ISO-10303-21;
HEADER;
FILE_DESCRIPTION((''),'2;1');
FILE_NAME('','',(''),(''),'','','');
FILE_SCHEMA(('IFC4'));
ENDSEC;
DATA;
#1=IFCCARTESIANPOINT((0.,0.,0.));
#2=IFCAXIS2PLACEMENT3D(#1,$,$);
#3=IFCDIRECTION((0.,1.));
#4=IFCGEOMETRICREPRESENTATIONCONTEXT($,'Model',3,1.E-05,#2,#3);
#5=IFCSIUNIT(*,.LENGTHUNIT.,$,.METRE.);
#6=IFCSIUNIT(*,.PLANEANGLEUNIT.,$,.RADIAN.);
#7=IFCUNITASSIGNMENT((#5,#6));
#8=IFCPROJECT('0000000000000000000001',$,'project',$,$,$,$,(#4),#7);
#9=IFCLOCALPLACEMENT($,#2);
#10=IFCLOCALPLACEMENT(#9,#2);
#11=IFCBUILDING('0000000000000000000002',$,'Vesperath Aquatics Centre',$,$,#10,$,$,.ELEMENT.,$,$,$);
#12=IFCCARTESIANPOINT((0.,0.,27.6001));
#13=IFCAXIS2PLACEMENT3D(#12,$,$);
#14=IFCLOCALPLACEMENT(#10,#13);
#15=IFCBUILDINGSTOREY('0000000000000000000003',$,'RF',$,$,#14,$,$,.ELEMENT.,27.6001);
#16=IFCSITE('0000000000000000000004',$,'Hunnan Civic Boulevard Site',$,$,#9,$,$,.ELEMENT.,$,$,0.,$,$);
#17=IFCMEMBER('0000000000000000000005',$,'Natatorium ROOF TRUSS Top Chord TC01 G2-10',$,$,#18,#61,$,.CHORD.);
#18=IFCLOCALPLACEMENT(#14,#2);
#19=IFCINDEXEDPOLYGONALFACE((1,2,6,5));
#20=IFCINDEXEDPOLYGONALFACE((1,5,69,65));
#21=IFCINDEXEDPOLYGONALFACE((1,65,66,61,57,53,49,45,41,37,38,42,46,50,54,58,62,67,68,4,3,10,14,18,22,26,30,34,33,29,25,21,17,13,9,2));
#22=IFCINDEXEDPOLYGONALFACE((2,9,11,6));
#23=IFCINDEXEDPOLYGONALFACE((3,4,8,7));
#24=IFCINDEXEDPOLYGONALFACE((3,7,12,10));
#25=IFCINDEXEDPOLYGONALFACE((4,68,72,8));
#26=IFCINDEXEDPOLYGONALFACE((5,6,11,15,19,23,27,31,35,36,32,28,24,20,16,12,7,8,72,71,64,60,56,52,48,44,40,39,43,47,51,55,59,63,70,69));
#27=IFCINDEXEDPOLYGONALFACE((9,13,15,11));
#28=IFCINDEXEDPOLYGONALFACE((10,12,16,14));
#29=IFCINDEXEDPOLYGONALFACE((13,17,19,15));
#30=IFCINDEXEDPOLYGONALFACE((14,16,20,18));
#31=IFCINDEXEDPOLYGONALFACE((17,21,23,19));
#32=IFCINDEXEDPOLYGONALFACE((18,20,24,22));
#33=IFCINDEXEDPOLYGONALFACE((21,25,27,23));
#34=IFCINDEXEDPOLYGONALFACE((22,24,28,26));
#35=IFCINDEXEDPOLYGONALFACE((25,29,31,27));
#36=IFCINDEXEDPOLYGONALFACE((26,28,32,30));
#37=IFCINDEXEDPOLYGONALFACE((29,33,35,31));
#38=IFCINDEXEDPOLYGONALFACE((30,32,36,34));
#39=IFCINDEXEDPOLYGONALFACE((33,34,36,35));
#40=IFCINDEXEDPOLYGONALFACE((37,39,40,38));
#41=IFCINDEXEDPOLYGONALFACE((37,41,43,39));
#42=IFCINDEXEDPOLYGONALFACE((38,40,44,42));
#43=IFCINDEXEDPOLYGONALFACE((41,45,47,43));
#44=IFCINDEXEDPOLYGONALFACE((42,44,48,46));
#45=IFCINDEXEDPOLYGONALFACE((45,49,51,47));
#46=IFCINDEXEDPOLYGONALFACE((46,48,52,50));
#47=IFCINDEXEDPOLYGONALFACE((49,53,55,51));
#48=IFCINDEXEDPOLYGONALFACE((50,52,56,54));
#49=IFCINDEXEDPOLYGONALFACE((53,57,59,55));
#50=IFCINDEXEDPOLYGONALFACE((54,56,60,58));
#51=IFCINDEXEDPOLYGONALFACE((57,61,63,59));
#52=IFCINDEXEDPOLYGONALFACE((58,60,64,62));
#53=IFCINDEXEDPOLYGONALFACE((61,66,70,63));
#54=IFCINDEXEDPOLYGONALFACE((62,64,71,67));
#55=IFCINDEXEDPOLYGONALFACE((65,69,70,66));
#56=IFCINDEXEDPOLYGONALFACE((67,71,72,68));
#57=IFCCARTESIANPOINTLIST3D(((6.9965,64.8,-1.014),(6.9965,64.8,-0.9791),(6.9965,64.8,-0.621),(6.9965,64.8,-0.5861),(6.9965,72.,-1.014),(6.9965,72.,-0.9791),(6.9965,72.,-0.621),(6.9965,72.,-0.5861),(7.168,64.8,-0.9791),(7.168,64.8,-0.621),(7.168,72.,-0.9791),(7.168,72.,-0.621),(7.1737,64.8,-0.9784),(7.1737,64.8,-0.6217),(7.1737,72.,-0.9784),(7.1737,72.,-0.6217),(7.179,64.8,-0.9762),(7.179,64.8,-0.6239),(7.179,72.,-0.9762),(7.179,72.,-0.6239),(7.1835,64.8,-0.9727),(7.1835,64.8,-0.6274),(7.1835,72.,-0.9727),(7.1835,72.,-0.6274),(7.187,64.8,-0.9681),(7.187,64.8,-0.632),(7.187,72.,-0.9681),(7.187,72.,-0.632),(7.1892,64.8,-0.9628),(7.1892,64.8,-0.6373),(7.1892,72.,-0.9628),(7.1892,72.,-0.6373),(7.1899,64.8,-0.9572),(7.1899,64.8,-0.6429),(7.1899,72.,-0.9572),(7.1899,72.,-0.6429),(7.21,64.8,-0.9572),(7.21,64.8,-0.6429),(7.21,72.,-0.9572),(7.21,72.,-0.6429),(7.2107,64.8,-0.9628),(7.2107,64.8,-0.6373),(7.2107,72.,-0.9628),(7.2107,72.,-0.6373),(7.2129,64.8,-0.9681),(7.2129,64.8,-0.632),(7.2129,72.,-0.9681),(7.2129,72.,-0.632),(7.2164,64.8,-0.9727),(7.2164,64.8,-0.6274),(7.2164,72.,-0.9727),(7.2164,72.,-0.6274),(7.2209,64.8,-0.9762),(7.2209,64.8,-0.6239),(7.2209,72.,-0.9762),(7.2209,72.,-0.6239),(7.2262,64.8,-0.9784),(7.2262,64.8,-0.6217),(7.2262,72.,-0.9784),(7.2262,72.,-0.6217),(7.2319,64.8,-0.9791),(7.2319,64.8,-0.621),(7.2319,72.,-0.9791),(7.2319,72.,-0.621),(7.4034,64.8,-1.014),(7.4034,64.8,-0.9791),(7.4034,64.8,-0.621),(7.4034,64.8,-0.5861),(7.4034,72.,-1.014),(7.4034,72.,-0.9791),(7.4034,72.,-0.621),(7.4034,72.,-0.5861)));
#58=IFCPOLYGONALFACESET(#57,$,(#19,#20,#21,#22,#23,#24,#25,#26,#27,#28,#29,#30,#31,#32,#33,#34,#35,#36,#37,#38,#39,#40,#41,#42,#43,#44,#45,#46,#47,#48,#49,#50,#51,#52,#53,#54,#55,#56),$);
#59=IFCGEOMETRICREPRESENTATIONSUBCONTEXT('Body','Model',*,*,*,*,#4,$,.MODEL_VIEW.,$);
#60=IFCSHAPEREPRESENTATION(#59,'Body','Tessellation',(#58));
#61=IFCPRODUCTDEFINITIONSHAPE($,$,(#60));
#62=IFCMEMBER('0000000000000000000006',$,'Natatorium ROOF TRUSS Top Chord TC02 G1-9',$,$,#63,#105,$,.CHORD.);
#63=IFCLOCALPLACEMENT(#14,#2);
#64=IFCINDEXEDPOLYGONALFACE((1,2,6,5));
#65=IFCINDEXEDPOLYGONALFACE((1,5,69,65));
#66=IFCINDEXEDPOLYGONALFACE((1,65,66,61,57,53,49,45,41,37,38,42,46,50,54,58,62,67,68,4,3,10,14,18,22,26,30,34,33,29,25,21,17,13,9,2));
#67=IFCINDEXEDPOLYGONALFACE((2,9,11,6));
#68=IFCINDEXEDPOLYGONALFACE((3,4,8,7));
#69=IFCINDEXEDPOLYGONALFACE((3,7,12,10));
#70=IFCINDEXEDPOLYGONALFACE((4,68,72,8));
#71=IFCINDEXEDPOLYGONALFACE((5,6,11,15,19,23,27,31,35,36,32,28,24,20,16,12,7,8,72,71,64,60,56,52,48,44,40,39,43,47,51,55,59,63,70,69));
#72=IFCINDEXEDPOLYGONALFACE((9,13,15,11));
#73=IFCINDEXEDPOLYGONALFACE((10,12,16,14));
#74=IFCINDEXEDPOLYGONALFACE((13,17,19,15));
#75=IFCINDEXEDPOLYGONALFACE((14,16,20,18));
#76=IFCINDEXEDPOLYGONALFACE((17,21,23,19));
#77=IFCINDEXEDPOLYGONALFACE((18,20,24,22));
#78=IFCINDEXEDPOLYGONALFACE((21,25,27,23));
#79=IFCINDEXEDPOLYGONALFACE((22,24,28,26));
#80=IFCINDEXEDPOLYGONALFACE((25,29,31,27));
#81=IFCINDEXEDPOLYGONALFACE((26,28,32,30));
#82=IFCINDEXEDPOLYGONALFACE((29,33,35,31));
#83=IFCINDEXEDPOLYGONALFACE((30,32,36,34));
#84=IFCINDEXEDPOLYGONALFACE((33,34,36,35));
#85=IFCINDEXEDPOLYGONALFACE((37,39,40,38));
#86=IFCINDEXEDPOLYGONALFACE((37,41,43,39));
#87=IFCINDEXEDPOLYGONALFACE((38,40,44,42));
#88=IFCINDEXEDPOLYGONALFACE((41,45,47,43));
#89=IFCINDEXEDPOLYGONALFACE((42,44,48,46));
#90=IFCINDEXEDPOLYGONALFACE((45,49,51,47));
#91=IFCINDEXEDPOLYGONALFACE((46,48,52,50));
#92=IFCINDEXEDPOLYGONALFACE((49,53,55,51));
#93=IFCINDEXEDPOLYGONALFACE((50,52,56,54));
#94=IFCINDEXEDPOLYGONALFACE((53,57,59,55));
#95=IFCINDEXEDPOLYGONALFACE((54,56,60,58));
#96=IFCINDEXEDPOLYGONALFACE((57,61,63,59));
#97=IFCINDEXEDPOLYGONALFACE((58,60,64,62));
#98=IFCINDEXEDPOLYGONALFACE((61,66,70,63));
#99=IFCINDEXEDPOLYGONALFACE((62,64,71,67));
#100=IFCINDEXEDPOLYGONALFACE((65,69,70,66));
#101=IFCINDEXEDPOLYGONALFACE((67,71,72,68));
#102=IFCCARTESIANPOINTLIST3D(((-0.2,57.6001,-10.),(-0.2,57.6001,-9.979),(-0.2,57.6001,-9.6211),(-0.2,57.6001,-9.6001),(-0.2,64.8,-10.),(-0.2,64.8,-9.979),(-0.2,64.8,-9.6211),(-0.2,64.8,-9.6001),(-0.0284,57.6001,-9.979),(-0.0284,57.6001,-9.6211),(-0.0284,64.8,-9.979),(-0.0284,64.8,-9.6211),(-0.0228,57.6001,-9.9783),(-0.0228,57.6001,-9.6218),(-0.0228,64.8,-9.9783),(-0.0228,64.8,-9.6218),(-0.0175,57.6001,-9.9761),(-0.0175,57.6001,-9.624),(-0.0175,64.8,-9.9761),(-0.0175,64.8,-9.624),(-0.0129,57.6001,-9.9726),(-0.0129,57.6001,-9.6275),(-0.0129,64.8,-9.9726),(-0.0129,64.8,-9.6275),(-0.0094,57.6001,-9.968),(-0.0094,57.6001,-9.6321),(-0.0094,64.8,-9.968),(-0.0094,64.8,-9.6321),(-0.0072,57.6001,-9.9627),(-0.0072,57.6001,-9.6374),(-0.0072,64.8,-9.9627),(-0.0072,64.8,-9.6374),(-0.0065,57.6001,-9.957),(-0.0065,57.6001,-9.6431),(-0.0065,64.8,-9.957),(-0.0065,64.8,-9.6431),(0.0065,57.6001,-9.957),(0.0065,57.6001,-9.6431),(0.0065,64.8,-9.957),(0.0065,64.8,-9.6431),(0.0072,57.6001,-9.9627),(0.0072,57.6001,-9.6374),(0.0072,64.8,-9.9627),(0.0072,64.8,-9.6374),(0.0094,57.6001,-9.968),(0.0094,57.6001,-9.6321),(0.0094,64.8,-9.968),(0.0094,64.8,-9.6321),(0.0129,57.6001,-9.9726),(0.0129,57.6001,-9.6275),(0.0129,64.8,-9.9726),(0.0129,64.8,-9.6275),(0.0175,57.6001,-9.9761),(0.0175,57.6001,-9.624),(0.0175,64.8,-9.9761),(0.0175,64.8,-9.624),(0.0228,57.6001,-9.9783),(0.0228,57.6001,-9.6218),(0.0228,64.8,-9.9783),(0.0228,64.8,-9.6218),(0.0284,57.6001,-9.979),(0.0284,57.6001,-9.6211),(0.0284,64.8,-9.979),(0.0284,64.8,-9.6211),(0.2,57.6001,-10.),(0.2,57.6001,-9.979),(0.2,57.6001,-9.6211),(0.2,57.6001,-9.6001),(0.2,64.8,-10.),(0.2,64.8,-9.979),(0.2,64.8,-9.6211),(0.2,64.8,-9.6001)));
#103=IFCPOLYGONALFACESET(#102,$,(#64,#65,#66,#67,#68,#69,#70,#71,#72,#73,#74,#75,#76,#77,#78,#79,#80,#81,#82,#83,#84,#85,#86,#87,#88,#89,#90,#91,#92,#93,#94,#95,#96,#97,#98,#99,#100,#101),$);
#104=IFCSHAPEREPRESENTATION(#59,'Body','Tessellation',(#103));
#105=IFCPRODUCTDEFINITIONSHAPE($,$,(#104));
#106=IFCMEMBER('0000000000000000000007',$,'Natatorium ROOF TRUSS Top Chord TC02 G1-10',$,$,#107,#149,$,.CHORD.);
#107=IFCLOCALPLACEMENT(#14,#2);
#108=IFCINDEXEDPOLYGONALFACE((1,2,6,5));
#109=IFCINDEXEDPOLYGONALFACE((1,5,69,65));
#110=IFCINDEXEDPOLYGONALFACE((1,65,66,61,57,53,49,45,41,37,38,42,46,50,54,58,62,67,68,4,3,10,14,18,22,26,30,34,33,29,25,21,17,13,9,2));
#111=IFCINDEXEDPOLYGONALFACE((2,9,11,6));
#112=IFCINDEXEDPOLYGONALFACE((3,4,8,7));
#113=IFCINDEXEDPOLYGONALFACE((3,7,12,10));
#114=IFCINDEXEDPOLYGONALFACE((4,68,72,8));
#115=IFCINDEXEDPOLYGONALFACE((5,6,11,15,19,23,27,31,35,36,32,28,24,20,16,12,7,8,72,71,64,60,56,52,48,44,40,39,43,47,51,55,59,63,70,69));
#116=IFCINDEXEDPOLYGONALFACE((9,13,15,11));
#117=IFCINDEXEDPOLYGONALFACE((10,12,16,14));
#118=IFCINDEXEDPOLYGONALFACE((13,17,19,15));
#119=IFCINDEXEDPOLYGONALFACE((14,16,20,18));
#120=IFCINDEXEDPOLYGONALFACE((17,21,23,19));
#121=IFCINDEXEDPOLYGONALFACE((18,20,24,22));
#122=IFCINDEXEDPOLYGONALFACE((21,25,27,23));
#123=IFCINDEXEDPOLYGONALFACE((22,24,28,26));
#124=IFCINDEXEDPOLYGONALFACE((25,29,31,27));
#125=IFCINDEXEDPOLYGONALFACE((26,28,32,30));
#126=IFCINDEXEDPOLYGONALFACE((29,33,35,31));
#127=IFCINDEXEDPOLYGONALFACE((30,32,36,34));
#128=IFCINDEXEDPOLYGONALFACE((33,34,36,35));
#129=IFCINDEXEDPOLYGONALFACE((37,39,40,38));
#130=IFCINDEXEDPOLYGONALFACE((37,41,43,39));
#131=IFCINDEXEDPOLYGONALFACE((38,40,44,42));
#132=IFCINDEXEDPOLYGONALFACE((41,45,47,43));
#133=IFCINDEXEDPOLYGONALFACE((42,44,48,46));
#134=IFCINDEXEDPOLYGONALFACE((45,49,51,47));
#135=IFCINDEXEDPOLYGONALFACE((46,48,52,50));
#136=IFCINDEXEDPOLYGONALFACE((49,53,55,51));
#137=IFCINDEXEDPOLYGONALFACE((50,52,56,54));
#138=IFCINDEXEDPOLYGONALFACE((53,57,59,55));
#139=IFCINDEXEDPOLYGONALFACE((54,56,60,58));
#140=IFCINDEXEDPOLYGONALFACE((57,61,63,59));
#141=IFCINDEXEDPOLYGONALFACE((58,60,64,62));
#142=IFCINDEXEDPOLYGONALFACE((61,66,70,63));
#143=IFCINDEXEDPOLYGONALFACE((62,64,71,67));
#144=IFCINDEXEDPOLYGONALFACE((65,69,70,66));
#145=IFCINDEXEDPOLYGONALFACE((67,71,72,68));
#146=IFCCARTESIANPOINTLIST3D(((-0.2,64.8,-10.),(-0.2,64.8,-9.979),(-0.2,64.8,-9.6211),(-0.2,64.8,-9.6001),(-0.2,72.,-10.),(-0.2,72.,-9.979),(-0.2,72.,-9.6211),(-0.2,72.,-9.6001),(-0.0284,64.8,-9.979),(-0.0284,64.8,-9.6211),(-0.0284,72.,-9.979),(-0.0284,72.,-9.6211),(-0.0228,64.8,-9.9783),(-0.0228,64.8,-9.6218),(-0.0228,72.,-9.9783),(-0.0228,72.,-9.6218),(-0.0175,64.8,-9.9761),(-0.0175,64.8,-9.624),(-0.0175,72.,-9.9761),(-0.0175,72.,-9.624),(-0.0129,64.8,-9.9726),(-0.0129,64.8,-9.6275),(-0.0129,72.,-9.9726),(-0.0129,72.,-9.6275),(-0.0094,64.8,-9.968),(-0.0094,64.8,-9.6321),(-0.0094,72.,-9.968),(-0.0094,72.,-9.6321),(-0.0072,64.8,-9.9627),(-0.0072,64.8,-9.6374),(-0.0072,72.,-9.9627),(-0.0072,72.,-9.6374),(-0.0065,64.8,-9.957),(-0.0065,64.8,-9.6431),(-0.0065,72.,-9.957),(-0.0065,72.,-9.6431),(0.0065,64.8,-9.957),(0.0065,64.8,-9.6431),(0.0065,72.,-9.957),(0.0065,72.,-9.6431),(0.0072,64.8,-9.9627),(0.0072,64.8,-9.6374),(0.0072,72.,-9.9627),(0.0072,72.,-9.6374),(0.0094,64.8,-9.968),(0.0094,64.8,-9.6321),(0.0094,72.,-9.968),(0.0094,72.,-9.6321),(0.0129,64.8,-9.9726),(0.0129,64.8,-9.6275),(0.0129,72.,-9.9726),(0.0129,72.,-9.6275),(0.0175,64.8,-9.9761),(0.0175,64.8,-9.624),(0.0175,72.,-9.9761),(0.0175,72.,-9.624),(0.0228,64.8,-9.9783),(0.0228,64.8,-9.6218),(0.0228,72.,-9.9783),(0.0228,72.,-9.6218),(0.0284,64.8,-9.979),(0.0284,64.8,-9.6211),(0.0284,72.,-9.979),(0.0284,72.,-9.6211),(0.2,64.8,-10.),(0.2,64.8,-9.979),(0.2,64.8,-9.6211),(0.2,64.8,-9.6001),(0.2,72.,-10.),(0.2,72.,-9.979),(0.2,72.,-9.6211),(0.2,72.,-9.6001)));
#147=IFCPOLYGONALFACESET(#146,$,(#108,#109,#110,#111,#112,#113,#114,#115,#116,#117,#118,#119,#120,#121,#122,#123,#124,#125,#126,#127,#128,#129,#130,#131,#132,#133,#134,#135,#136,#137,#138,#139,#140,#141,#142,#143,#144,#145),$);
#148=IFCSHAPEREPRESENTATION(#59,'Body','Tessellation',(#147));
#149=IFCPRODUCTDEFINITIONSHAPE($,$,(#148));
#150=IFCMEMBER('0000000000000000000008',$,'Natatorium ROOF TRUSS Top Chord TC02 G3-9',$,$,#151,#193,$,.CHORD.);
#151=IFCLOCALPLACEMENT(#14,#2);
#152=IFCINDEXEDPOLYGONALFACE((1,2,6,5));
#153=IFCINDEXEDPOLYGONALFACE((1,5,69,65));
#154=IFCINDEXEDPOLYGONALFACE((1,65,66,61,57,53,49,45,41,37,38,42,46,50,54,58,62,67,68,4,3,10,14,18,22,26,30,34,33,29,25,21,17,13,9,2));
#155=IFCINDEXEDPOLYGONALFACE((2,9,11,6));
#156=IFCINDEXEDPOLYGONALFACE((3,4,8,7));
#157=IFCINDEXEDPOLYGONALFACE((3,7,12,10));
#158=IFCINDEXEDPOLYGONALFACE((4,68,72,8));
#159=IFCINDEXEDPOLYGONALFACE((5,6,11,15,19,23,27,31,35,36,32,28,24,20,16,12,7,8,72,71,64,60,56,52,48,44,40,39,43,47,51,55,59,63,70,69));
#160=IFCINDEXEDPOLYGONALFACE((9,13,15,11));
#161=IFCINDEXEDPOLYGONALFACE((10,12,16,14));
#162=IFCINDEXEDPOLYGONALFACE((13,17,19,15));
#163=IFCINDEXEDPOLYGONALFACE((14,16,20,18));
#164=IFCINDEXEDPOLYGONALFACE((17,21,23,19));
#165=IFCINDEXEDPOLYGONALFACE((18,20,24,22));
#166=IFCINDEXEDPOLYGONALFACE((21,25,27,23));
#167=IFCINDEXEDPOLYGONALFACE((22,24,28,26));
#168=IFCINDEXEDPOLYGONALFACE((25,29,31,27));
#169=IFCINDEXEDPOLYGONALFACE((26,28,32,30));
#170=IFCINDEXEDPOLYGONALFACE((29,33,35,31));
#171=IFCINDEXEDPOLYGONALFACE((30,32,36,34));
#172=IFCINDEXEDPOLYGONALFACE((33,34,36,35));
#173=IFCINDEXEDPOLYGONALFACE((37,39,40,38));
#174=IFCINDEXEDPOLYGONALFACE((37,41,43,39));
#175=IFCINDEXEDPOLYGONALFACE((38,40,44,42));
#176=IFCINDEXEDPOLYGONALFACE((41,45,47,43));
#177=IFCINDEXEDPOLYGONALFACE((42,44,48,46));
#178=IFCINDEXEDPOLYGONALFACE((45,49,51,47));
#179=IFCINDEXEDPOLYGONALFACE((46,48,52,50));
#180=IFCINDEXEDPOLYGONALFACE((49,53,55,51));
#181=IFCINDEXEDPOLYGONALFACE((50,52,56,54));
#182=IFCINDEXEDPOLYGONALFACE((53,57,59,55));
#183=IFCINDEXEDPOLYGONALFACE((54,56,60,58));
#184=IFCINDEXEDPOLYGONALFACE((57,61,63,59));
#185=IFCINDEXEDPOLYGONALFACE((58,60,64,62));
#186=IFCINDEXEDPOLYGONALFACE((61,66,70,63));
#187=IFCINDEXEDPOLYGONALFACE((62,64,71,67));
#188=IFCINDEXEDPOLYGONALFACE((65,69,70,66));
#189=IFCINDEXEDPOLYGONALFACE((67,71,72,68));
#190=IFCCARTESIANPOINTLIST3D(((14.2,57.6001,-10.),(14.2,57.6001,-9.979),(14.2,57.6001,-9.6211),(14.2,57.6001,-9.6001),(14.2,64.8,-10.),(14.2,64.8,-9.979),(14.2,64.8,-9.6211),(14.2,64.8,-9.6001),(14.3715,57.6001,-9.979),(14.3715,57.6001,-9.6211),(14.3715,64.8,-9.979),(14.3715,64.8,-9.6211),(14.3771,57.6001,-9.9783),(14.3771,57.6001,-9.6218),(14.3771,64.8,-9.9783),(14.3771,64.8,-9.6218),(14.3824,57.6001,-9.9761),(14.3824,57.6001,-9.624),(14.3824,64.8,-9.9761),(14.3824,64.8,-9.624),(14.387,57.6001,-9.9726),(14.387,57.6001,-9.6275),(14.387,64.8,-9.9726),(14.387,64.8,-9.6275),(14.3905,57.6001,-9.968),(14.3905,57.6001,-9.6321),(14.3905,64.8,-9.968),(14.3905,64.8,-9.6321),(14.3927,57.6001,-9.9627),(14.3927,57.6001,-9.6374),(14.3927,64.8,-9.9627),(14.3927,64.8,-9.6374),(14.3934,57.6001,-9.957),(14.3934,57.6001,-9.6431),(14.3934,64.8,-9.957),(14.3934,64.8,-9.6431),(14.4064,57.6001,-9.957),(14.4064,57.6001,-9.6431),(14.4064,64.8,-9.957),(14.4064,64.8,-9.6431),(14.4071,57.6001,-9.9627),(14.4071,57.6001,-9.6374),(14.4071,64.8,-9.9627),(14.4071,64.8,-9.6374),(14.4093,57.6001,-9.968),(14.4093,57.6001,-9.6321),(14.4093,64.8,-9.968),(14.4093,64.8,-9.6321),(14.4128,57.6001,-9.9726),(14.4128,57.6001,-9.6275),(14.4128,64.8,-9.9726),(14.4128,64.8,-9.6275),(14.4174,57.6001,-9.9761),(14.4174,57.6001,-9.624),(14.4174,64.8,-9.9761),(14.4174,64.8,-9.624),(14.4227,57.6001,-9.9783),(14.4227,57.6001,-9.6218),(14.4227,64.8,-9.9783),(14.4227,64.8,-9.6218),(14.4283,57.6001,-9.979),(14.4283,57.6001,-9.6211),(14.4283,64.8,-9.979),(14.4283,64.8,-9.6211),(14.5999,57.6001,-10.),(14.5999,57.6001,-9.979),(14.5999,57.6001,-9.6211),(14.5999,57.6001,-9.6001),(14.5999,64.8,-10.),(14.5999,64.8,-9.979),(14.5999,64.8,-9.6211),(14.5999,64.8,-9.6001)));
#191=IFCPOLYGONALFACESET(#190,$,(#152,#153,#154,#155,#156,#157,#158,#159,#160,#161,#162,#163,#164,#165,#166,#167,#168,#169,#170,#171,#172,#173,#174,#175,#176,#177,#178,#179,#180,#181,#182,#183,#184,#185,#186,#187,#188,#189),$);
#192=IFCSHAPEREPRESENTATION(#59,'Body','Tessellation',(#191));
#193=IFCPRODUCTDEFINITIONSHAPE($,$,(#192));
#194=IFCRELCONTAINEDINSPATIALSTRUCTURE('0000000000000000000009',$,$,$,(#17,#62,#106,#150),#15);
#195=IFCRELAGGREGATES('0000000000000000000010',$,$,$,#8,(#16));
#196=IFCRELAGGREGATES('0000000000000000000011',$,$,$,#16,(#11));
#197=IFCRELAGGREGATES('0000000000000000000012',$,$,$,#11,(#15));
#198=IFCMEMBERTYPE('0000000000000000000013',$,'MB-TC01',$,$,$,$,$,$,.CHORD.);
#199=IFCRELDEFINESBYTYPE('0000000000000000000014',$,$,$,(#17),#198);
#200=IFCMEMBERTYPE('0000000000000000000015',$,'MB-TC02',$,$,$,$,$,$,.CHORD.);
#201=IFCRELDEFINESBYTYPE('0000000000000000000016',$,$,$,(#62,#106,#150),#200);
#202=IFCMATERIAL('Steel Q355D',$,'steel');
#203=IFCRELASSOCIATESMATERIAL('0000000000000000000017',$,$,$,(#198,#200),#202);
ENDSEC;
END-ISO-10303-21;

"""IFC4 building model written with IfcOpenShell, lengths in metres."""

from ifc_helpers import new_model, si_unit, direction, frame, origin, origin_2d, place, context, subcontext, project, spatial, i_section, extrude, material, material_profile, profile_set, type_object, element, save


model = new_model("IFC4")

# Units and contexts
model_context = context("Model", 3, precision=1e-05, world=origin(), true_north=direction((0.0, 1.0)))
body_context = subcontext(model_context, "Body", "Model", "MODEL_VIEW")
ifc_project = project(units=[si_unit("LENGTHUNIT", "METRE"), si_unit("PLANEANGLEUNIT", "RADIAN")], contexts=[model_context])

# Site, building, storey
site_placement = place(None, origin())
site = spatial("IfcSite", under=ifc_project, at=site_placement, Name="Hunnan Civic Boulevard Site", CompositionType="ELEMENT", RefElevation=0.0)
building_placement = place(site_placement, origin())
building = spatial("IfcBuilding", under=site, at=building_placement, Name="Vesperath Aquatics Centre", CompositionType="ELEMENT")
storey_placement = place(building_placement, frame((0.0, 0.0, 27.6001)))
storey = spatial("IfcBuildingStorey", under=building, at=storey_placement, Name="RF", CompositionType="ELEMENT", Elevation=27.6001)

# Members
ifc_material_1 = material(Name="Steel Q355D", Category="steel")
ifc_material_profile_1 = material_profile(ifc_material_1, i_section(OverallWidth=0.407, OverallDepth=0.428, WebThickness=0.02, FlangeThickness=0.0349, FilletRadius=0.022, at=origin_2d()), Name="HW 428x407x20x35")
ifc_profile_set_1 = profile_set([ifc_material_profile_1], Name="Steel Q355D")
member_type_1 = type_object("IfcMemberType", Name="MB-TC01", PredefinedType="CHORD", material=ifc_profile_set_1)
for number, where, z_axis, x_axis, name in (
    (1, (7.2, 64.8, -0.8), (0.0, 1.0, 0.0), (-1.0, 0.0, 0.0), "Natatorium ROOF TRUSS Top Chord TC01 G2-10"),
):
    element("IfcMember", number, at=place(storey_placement, frame(where, z_axis=z_axis, x_axis=x_axis)), inside=storey, type_object=member_type_1, Name=name, PredefinedType="CHORD", context=body_context, shape_type="SweptSolid", body=[
        extrude(i_section(OverallWidth=0.407, OverallDepth=0.428, WebThickness=0.02, FlangeThickness=0.0349, FilletRadius=0.022, at=origin_2d()), origin(), (0.0, 0.0, 1.0), 7.2),
    ])
ifc_material_profile_2 = material_profile(ifc_material_1, i_section(OverallWidth=0.3999, OverallDepth=0.3999, WebThickness=0.0129, FlangeThickness=0.021, FilletRadius=0.022, at=origin_2d()), Name="HW 400x400x13x21")
ifc_profile_set_2 = profile_set([ifc_material_profile_2], Name="Steel Q355D")
member_type_2 = type_object("IfcMemberType", Name="MB-TC02", PredefinedType="CHORD", material=ifc_profile_set_2)
for number, where, z_axis, x_axis, name in (
    (2, (0.0, 57.6001, -9.8), (0.0, 1.0, 0.0), (-1.0, 0.0, 0.0), "Natatorium ROOF TRUSS Top Chord TC02 G1-9"),
    (3, (0.0, 64.8, -9.8), (0.0, 1.0, 0.0), (-1.0, 0.0, 0.0), "Natatorium ROOF TRUSS Top Chord TC02 G1-10"),
    (4, (14.3999, 57.6001, -9.8), (0.0, 1.0, 0.0), (-1.0, 0.0, 0.0), "Natatorium ROOF TRUSS Top Chord TC02 G3-9"),
):
    element("IfcMember", number, at=place(storey_placement, frame(where, z_axis=z_axis, x_axis=x_axis)), inside=storey, type_object=member_type_2, Name=name, PredefinedType="CHORD", context=body_context, shape_type="SweptSolid", body=[
        extrude(i_section(OverallWidth=0.3999, OverallDepth=0.3999, WebThickness=0.0129, FlangeThickness=0.021, FilletRadius=0.022, at=origin_2d()), origin(), (0.0, 0.0, 1.0), 7.2),
    ])

save(model, "model.ifc")
